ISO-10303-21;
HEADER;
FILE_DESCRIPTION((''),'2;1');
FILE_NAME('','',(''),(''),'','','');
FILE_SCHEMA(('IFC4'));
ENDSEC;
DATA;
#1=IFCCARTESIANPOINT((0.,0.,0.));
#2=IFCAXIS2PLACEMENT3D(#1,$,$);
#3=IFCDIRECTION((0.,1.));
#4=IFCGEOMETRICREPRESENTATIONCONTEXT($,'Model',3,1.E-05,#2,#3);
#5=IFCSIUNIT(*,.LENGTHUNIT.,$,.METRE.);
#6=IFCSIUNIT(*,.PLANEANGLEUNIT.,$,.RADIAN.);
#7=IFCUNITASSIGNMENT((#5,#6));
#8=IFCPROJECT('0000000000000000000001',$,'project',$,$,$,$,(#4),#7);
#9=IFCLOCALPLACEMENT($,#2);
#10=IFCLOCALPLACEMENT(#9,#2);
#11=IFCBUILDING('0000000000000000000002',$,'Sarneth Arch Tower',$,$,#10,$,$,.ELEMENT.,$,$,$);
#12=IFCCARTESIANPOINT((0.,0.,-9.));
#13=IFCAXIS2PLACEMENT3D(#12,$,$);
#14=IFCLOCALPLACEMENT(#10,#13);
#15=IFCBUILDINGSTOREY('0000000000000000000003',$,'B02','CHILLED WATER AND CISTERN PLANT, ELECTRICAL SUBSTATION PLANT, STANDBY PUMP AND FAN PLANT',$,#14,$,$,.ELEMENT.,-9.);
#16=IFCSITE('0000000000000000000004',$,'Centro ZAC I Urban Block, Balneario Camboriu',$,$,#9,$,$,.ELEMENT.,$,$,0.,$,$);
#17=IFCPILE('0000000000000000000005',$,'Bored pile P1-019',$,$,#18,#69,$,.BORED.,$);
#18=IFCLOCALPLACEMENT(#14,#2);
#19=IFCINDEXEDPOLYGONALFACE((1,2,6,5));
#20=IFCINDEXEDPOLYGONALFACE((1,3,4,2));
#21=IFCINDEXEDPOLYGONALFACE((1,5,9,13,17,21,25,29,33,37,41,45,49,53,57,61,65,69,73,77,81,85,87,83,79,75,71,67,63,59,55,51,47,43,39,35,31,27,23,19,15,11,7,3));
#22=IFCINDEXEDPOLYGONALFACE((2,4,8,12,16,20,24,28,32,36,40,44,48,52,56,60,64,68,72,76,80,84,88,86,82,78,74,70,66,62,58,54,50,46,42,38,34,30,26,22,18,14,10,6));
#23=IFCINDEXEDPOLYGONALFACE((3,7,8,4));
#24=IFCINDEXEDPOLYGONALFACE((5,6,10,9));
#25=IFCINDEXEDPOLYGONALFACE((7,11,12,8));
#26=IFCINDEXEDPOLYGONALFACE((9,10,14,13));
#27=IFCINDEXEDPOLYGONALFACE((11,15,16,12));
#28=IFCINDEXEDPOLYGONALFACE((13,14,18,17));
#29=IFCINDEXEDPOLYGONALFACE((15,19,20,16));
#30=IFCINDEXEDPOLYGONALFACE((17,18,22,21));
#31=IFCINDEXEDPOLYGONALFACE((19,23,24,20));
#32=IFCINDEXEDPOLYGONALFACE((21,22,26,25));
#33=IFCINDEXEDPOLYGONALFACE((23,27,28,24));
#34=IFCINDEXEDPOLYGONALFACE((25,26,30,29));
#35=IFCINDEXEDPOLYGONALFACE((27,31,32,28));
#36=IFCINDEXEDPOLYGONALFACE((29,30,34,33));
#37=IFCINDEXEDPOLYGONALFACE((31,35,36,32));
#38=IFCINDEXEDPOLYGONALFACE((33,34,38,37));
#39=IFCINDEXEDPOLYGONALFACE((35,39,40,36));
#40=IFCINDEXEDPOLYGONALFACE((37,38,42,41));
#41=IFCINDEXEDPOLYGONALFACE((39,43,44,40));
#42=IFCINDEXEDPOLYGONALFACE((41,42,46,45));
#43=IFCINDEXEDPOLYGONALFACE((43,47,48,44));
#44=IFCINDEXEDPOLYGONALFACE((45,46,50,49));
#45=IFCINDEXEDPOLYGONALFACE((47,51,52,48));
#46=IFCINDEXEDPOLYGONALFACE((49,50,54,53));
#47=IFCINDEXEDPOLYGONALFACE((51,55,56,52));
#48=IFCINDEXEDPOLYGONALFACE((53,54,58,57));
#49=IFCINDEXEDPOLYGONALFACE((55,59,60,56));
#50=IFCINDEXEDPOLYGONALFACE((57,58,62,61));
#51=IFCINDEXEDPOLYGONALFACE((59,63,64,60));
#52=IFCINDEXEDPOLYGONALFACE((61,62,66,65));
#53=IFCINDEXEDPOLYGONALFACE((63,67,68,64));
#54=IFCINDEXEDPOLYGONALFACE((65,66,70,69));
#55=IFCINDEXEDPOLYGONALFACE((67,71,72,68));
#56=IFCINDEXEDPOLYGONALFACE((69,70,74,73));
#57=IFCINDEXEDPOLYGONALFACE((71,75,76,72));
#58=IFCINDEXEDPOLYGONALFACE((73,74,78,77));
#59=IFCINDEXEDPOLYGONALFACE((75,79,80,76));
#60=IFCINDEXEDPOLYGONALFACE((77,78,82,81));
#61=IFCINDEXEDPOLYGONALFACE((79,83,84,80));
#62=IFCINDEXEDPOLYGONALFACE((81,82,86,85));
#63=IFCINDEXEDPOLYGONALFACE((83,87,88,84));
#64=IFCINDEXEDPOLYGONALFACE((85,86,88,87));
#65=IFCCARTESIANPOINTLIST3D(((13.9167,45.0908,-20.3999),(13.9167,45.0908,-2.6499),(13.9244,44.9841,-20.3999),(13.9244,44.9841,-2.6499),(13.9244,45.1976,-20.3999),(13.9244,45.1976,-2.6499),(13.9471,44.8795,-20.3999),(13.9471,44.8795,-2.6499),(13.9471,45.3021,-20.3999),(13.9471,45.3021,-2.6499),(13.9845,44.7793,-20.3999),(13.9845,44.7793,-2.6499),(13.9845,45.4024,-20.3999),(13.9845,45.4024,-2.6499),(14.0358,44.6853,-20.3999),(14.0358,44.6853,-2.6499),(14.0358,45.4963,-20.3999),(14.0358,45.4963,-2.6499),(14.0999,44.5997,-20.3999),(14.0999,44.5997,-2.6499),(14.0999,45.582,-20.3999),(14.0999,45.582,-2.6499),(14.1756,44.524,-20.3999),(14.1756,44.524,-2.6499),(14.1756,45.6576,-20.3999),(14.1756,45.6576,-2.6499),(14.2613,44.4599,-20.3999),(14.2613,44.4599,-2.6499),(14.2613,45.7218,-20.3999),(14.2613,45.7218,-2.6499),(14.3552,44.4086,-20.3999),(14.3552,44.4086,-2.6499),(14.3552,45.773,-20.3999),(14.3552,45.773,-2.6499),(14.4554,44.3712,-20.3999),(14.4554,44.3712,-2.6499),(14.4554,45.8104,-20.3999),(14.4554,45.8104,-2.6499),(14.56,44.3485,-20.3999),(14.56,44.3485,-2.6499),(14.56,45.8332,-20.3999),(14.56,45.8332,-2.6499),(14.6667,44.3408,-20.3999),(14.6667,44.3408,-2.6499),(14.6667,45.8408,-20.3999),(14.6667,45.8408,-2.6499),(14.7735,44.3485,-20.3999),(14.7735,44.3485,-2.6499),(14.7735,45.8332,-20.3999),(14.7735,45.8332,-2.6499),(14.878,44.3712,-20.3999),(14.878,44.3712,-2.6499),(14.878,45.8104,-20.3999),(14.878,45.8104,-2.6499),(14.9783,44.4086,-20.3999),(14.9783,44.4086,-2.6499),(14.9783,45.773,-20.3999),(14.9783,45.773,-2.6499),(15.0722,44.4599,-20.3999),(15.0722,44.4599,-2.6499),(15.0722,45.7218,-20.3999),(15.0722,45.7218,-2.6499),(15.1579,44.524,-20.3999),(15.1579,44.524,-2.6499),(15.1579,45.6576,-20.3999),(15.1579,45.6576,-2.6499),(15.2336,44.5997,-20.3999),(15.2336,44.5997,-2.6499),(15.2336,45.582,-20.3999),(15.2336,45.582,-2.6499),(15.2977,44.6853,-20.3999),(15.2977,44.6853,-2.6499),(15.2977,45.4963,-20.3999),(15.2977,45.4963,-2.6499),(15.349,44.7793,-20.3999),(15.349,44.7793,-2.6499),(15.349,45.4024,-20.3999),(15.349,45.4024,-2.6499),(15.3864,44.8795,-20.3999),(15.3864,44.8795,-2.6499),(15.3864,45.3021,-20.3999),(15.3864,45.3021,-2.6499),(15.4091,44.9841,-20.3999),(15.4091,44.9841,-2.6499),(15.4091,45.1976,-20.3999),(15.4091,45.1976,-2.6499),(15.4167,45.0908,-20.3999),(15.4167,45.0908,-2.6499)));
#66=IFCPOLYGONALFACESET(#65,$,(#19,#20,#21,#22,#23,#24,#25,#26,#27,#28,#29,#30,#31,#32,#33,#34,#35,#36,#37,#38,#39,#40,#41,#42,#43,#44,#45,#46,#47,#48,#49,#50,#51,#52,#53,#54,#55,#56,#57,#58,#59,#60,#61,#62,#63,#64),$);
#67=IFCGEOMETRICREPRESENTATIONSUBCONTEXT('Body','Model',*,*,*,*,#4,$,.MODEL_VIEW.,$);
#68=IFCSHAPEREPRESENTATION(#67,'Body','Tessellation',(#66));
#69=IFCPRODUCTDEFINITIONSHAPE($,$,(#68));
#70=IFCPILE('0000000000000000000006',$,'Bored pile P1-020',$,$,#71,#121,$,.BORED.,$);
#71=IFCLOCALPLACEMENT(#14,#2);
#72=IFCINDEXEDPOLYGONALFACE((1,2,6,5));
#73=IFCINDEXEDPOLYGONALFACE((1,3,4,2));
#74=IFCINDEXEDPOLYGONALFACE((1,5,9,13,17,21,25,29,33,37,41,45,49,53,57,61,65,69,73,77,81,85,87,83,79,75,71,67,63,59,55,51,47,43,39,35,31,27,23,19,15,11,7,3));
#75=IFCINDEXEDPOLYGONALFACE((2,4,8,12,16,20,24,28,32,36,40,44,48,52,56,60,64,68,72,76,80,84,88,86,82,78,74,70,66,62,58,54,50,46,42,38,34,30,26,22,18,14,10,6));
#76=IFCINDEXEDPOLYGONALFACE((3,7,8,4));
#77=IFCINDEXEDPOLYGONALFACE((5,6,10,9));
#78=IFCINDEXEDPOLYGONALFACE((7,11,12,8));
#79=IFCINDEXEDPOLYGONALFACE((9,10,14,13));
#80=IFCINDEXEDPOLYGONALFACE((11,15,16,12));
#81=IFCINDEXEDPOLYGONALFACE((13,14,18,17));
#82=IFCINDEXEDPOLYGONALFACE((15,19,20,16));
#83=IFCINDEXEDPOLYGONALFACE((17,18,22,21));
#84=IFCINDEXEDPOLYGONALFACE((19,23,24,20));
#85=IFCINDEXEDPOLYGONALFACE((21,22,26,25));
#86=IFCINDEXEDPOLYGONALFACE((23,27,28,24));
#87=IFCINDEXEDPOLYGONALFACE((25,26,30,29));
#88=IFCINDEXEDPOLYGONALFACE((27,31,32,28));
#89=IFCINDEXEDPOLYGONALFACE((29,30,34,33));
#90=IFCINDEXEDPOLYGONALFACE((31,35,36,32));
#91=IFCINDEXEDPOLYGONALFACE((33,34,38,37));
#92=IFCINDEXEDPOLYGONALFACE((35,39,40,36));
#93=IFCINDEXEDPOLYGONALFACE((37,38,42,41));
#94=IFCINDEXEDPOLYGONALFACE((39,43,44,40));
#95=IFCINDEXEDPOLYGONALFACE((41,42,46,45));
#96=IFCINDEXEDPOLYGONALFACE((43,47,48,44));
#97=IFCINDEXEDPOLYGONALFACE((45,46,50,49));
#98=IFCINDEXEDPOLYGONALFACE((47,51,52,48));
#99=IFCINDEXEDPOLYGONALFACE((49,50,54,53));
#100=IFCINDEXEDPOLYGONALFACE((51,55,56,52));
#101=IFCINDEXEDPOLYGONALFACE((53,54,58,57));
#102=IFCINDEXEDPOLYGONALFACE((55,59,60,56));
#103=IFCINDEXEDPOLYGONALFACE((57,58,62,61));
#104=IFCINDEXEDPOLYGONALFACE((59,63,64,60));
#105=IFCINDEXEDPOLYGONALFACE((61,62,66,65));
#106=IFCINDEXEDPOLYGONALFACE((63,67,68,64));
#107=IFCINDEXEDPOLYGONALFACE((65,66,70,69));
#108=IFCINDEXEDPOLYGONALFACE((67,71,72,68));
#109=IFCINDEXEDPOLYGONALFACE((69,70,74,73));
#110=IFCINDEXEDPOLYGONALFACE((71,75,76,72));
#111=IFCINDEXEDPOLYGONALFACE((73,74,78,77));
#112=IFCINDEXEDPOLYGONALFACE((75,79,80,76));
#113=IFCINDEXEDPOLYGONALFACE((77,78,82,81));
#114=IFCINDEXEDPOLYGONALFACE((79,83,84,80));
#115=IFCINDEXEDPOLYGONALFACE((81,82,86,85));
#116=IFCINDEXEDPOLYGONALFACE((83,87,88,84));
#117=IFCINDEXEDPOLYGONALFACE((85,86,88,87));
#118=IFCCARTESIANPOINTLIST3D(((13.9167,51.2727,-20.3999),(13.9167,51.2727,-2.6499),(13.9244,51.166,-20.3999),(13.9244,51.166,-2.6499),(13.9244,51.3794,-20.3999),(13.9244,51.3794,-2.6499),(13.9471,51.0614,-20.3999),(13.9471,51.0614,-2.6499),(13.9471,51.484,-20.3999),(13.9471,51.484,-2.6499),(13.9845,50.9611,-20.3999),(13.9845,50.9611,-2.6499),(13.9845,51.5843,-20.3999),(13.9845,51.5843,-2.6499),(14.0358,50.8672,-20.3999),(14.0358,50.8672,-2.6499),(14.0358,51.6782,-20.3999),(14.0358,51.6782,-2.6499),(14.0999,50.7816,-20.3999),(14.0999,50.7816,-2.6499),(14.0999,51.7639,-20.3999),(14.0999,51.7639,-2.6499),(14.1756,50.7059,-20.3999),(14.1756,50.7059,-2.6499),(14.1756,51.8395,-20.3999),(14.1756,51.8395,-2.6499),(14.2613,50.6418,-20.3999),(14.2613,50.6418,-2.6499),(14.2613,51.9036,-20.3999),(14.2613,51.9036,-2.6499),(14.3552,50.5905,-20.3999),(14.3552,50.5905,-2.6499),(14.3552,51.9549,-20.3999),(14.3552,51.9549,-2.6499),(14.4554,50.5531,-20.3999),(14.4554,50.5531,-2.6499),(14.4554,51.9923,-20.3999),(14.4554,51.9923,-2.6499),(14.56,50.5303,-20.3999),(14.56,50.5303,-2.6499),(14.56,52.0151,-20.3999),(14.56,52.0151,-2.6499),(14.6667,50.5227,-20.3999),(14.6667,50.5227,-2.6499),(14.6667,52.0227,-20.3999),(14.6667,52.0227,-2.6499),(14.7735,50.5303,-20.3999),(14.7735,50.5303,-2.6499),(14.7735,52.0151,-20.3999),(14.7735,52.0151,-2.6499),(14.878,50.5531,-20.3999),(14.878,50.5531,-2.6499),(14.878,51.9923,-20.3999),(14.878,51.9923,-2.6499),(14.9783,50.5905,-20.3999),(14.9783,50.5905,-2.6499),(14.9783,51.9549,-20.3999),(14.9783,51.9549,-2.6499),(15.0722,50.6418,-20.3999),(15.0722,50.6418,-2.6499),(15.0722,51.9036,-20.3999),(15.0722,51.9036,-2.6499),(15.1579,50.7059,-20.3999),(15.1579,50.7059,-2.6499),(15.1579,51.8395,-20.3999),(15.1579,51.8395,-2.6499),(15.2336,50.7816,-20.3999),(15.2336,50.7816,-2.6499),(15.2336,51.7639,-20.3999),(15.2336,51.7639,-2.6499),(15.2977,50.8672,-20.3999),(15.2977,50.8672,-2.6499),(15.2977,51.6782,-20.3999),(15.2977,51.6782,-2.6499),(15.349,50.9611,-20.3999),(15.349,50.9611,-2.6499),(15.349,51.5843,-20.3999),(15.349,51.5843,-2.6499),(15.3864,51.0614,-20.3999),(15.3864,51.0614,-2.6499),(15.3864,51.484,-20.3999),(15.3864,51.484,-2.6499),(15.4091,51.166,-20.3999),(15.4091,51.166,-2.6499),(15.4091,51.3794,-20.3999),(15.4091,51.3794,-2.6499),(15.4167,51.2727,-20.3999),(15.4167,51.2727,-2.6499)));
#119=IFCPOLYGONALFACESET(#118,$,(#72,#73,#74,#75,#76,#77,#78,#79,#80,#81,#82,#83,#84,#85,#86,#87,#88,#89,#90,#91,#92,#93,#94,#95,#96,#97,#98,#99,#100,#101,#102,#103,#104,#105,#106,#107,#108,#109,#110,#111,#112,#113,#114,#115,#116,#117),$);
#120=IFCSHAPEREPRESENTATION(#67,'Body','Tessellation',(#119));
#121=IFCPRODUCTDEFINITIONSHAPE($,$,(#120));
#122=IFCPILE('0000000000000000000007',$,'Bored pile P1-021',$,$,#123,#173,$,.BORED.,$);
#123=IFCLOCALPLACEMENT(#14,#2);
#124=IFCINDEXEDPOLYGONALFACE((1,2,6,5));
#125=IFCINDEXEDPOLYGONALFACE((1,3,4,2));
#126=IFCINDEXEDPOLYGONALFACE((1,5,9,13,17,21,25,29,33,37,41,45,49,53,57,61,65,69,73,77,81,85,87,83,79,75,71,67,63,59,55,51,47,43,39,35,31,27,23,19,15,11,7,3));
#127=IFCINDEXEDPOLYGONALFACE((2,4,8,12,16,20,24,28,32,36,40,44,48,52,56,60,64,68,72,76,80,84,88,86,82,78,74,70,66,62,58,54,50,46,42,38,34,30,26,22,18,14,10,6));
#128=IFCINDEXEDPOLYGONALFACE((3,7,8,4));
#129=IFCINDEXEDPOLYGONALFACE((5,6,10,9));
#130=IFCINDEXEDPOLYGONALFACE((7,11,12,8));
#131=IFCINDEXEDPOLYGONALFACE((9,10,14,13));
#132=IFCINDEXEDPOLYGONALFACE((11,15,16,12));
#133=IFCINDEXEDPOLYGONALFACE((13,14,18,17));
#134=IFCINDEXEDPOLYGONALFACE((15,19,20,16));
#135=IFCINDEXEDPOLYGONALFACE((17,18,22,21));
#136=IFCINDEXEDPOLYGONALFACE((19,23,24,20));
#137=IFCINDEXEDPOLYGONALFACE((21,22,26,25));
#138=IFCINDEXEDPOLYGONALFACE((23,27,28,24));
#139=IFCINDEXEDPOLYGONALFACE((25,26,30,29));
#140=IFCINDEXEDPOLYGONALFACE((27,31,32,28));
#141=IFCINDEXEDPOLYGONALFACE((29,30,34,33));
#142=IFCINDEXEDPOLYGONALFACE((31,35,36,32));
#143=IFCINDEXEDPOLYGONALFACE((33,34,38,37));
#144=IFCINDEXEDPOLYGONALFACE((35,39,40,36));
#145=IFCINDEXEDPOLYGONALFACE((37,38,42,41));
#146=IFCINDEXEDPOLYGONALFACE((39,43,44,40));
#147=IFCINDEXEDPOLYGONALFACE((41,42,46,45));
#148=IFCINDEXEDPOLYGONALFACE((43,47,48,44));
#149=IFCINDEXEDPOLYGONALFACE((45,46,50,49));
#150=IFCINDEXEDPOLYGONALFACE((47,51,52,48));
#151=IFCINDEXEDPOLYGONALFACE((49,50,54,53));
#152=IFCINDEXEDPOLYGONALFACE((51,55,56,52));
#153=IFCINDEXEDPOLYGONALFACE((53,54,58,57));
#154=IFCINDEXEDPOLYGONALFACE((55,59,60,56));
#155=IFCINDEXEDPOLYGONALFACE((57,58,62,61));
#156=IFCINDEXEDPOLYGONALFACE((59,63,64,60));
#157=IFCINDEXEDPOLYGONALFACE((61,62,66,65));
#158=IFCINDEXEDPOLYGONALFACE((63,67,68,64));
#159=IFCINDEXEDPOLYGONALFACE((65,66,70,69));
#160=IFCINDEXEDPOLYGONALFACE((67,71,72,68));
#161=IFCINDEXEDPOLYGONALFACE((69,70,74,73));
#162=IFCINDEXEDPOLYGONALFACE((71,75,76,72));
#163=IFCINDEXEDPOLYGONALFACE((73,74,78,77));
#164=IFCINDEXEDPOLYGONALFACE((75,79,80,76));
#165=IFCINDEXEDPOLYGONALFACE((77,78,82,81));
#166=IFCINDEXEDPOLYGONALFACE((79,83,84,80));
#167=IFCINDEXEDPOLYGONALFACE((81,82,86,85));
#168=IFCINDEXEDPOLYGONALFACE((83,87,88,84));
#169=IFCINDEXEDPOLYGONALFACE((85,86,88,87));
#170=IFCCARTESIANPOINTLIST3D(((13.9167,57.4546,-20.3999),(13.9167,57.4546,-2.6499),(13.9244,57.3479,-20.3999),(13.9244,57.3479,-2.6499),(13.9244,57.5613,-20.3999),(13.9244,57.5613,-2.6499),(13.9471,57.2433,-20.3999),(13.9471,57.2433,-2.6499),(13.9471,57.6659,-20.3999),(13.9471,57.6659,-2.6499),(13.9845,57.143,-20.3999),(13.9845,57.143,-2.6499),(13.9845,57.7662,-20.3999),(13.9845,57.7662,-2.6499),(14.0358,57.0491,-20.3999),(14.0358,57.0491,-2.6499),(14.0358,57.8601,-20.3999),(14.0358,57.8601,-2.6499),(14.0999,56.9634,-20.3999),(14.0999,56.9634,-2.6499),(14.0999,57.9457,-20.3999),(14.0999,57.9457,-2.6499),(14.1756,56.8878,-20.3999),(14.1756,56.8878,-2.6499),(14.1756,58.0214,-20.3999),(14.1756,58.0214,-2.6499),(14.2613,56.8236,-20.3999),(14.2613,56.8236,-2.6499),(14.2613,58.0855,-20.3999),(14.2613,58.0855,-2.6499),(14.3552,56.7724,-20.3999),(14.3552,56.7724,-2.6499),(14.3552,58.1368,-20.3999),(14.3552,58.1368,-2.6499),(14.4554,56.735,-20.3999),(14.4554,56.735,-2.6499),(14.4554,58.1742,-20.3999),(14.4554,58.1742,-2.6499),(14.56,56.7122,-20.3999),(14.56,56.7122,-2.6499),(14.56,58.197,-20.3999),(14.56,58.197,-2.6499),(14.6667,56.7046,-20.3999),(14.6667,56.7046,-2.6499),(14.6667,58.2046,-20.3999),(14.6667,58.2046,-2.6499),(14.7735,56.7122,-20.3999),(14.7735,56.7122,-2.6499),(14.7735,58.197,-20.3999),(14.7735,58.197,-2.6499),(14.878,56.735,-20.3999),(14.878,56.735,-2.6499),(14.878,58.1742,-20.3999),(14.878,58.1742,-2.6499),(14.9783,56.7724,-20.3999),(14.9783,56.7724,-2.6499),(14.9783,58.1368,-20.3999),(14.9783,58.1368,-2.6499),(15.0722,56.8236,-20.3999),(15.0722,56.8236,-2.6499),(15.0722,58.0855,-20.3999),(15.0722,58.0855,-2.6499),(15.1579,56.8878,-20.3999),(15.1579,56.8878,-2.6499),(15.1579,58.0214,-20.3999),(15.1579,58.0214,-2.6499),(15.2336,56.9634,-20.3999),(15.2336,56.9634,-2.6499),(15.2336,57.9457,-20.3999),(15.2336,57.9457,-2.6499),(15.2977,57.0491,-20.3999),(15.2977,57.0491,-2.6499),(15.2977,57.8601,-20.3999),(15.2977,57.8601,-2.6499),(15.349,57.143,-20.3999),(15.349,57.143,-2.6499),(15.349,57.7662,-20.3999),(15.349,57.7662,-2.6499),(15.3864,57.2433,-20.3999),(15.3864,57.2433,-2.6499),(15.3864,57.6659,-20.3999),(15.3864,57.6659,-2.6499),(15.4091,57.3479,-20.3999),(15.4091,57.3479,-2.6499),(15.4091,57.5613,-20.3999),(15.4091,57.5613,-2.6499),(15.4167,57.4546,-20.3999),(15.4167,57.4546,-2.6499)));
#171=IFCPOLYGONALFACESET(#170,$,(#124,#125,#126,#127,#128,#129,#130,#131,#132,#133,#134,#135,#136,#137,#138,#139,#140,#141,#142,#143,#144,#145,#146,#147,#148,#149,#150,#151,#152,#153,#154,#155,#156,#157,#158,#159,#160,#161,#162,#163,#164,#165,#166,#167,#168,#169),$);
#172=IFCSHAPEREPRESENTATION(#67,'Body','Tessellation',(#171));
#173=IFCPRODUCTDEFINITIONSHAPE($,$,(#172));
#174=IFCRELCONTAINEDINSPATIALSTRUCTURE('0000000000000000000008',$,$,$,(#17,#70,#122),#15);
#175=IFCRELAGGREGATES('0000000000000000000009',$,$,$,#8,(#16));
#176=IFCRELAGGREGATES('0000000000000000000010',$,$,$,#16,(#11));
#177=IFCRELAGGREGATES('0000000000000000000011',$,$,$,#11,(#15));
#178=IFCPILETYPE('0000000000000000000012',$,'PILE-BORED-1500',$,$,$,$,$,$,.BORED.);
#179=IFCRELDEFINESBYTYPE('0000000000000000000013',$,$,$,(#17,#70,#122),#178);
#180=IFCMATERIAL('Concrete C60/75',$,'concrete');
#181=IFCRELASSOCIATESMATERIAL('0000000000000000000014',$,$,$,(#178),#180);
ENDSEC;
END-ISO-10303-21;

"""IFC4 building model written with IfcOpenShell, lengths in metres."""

from ifc_helpers import new_model, si_unit, direction, frame, origin, origin_2d, place, context, subcontext, project, spatial, circle, extrude, material, material_profile, profile_set, type_object, element, save


model = new_model("IFC4")

# Units and contexts
model_context = context("Model", 3, precision=1e-05, world=origin(), true_north=direction((0.0, 1.0)))
body_context = subcontext(model_context, "Body", "Model", "MODEL_VIEW")
ifc_project = project(units=[si_unit("LENGTHUNIT", "METRE"), si_unit("PLANEANGLEUNIT", "RADIAN")], contexts=[model_context])

# Site, building, storey
site_placement = place(None, origin())
site = spatial("IfcSite", under=ifc_project, at=site_placement, Name="Centro ZAC I Urban Block, Balneario Camboriu", CompositionType="ELEMENT", RefElevation=0.0)
building_placement = place(site_placement, origin())
building = spatial("IfcBuilding", under=site, at=building_placement, Name="Sarneth Arch Tower", CompositionType="ELEMENT")
storey_placement = place(building_placement, frame((0.0, 0.0, -9.0)))
storey = spatial("IfcBuildingStorey", under=building, at=storey_placement, Name="B02", Description="CHILLED WATER AND CISTERN PLANT, ELECTRICAL SUBSTATION PLANT, STANDBY PUMP AND FAN PLANT", CompositionType="ELEMENT", Elevation=-9.0)

# Piles
ifc_material_1 = material(Name="Concrete C60/75", Category="concrete")
ifc_material_profile_1 = material_profile(ifc_material_1, circle(Radius=0.75, at=origin_2d()), Name="PILE-D1500")
ifc_profile_set_1 = profile_set([ifc_material_profile_1], Name="Concrete C60/75")
pile_type_1 = type_object("IfcPileType", Name="PILE-BORED-1500", PredefinedType="BORED", material=ifc_profile_set_1)
for number, where, z_axis, x_axis, name in (
    (1, (14.6667, 45.0908, -2.6499), (0.0, 0.0, -1.0), (1.0, 0.0, 0.0), "Bored pile P1-019"),
    (2, (14.6667, 51.2727, -2.6499), (0.0, 0.0, -1.0), (1.0, 0.0, 0.0), "Bored pile P1-020"),
    (3, (14.6667, 57.4546, -2.6499), (0.0, 0.0, -1.0), (1.0, 0.0, 0.0), "Bored pile P1-021"),
):
    element("IfcPile", number, at=place(storey_placement, frame(where, z_axis=z_axis, x_axis=x_axis)), inside=storey, type_object=pile_type_1, Name=name, PredefinedType="BORED", context=body_context, shape_type="SweptSolid", body=[
        extrude(circle(Radius=0.75, at=origin_2d()), origin(), (0.0, 0.0, 1.0), 17.75),
    ])

save(model, "model.ifc")
